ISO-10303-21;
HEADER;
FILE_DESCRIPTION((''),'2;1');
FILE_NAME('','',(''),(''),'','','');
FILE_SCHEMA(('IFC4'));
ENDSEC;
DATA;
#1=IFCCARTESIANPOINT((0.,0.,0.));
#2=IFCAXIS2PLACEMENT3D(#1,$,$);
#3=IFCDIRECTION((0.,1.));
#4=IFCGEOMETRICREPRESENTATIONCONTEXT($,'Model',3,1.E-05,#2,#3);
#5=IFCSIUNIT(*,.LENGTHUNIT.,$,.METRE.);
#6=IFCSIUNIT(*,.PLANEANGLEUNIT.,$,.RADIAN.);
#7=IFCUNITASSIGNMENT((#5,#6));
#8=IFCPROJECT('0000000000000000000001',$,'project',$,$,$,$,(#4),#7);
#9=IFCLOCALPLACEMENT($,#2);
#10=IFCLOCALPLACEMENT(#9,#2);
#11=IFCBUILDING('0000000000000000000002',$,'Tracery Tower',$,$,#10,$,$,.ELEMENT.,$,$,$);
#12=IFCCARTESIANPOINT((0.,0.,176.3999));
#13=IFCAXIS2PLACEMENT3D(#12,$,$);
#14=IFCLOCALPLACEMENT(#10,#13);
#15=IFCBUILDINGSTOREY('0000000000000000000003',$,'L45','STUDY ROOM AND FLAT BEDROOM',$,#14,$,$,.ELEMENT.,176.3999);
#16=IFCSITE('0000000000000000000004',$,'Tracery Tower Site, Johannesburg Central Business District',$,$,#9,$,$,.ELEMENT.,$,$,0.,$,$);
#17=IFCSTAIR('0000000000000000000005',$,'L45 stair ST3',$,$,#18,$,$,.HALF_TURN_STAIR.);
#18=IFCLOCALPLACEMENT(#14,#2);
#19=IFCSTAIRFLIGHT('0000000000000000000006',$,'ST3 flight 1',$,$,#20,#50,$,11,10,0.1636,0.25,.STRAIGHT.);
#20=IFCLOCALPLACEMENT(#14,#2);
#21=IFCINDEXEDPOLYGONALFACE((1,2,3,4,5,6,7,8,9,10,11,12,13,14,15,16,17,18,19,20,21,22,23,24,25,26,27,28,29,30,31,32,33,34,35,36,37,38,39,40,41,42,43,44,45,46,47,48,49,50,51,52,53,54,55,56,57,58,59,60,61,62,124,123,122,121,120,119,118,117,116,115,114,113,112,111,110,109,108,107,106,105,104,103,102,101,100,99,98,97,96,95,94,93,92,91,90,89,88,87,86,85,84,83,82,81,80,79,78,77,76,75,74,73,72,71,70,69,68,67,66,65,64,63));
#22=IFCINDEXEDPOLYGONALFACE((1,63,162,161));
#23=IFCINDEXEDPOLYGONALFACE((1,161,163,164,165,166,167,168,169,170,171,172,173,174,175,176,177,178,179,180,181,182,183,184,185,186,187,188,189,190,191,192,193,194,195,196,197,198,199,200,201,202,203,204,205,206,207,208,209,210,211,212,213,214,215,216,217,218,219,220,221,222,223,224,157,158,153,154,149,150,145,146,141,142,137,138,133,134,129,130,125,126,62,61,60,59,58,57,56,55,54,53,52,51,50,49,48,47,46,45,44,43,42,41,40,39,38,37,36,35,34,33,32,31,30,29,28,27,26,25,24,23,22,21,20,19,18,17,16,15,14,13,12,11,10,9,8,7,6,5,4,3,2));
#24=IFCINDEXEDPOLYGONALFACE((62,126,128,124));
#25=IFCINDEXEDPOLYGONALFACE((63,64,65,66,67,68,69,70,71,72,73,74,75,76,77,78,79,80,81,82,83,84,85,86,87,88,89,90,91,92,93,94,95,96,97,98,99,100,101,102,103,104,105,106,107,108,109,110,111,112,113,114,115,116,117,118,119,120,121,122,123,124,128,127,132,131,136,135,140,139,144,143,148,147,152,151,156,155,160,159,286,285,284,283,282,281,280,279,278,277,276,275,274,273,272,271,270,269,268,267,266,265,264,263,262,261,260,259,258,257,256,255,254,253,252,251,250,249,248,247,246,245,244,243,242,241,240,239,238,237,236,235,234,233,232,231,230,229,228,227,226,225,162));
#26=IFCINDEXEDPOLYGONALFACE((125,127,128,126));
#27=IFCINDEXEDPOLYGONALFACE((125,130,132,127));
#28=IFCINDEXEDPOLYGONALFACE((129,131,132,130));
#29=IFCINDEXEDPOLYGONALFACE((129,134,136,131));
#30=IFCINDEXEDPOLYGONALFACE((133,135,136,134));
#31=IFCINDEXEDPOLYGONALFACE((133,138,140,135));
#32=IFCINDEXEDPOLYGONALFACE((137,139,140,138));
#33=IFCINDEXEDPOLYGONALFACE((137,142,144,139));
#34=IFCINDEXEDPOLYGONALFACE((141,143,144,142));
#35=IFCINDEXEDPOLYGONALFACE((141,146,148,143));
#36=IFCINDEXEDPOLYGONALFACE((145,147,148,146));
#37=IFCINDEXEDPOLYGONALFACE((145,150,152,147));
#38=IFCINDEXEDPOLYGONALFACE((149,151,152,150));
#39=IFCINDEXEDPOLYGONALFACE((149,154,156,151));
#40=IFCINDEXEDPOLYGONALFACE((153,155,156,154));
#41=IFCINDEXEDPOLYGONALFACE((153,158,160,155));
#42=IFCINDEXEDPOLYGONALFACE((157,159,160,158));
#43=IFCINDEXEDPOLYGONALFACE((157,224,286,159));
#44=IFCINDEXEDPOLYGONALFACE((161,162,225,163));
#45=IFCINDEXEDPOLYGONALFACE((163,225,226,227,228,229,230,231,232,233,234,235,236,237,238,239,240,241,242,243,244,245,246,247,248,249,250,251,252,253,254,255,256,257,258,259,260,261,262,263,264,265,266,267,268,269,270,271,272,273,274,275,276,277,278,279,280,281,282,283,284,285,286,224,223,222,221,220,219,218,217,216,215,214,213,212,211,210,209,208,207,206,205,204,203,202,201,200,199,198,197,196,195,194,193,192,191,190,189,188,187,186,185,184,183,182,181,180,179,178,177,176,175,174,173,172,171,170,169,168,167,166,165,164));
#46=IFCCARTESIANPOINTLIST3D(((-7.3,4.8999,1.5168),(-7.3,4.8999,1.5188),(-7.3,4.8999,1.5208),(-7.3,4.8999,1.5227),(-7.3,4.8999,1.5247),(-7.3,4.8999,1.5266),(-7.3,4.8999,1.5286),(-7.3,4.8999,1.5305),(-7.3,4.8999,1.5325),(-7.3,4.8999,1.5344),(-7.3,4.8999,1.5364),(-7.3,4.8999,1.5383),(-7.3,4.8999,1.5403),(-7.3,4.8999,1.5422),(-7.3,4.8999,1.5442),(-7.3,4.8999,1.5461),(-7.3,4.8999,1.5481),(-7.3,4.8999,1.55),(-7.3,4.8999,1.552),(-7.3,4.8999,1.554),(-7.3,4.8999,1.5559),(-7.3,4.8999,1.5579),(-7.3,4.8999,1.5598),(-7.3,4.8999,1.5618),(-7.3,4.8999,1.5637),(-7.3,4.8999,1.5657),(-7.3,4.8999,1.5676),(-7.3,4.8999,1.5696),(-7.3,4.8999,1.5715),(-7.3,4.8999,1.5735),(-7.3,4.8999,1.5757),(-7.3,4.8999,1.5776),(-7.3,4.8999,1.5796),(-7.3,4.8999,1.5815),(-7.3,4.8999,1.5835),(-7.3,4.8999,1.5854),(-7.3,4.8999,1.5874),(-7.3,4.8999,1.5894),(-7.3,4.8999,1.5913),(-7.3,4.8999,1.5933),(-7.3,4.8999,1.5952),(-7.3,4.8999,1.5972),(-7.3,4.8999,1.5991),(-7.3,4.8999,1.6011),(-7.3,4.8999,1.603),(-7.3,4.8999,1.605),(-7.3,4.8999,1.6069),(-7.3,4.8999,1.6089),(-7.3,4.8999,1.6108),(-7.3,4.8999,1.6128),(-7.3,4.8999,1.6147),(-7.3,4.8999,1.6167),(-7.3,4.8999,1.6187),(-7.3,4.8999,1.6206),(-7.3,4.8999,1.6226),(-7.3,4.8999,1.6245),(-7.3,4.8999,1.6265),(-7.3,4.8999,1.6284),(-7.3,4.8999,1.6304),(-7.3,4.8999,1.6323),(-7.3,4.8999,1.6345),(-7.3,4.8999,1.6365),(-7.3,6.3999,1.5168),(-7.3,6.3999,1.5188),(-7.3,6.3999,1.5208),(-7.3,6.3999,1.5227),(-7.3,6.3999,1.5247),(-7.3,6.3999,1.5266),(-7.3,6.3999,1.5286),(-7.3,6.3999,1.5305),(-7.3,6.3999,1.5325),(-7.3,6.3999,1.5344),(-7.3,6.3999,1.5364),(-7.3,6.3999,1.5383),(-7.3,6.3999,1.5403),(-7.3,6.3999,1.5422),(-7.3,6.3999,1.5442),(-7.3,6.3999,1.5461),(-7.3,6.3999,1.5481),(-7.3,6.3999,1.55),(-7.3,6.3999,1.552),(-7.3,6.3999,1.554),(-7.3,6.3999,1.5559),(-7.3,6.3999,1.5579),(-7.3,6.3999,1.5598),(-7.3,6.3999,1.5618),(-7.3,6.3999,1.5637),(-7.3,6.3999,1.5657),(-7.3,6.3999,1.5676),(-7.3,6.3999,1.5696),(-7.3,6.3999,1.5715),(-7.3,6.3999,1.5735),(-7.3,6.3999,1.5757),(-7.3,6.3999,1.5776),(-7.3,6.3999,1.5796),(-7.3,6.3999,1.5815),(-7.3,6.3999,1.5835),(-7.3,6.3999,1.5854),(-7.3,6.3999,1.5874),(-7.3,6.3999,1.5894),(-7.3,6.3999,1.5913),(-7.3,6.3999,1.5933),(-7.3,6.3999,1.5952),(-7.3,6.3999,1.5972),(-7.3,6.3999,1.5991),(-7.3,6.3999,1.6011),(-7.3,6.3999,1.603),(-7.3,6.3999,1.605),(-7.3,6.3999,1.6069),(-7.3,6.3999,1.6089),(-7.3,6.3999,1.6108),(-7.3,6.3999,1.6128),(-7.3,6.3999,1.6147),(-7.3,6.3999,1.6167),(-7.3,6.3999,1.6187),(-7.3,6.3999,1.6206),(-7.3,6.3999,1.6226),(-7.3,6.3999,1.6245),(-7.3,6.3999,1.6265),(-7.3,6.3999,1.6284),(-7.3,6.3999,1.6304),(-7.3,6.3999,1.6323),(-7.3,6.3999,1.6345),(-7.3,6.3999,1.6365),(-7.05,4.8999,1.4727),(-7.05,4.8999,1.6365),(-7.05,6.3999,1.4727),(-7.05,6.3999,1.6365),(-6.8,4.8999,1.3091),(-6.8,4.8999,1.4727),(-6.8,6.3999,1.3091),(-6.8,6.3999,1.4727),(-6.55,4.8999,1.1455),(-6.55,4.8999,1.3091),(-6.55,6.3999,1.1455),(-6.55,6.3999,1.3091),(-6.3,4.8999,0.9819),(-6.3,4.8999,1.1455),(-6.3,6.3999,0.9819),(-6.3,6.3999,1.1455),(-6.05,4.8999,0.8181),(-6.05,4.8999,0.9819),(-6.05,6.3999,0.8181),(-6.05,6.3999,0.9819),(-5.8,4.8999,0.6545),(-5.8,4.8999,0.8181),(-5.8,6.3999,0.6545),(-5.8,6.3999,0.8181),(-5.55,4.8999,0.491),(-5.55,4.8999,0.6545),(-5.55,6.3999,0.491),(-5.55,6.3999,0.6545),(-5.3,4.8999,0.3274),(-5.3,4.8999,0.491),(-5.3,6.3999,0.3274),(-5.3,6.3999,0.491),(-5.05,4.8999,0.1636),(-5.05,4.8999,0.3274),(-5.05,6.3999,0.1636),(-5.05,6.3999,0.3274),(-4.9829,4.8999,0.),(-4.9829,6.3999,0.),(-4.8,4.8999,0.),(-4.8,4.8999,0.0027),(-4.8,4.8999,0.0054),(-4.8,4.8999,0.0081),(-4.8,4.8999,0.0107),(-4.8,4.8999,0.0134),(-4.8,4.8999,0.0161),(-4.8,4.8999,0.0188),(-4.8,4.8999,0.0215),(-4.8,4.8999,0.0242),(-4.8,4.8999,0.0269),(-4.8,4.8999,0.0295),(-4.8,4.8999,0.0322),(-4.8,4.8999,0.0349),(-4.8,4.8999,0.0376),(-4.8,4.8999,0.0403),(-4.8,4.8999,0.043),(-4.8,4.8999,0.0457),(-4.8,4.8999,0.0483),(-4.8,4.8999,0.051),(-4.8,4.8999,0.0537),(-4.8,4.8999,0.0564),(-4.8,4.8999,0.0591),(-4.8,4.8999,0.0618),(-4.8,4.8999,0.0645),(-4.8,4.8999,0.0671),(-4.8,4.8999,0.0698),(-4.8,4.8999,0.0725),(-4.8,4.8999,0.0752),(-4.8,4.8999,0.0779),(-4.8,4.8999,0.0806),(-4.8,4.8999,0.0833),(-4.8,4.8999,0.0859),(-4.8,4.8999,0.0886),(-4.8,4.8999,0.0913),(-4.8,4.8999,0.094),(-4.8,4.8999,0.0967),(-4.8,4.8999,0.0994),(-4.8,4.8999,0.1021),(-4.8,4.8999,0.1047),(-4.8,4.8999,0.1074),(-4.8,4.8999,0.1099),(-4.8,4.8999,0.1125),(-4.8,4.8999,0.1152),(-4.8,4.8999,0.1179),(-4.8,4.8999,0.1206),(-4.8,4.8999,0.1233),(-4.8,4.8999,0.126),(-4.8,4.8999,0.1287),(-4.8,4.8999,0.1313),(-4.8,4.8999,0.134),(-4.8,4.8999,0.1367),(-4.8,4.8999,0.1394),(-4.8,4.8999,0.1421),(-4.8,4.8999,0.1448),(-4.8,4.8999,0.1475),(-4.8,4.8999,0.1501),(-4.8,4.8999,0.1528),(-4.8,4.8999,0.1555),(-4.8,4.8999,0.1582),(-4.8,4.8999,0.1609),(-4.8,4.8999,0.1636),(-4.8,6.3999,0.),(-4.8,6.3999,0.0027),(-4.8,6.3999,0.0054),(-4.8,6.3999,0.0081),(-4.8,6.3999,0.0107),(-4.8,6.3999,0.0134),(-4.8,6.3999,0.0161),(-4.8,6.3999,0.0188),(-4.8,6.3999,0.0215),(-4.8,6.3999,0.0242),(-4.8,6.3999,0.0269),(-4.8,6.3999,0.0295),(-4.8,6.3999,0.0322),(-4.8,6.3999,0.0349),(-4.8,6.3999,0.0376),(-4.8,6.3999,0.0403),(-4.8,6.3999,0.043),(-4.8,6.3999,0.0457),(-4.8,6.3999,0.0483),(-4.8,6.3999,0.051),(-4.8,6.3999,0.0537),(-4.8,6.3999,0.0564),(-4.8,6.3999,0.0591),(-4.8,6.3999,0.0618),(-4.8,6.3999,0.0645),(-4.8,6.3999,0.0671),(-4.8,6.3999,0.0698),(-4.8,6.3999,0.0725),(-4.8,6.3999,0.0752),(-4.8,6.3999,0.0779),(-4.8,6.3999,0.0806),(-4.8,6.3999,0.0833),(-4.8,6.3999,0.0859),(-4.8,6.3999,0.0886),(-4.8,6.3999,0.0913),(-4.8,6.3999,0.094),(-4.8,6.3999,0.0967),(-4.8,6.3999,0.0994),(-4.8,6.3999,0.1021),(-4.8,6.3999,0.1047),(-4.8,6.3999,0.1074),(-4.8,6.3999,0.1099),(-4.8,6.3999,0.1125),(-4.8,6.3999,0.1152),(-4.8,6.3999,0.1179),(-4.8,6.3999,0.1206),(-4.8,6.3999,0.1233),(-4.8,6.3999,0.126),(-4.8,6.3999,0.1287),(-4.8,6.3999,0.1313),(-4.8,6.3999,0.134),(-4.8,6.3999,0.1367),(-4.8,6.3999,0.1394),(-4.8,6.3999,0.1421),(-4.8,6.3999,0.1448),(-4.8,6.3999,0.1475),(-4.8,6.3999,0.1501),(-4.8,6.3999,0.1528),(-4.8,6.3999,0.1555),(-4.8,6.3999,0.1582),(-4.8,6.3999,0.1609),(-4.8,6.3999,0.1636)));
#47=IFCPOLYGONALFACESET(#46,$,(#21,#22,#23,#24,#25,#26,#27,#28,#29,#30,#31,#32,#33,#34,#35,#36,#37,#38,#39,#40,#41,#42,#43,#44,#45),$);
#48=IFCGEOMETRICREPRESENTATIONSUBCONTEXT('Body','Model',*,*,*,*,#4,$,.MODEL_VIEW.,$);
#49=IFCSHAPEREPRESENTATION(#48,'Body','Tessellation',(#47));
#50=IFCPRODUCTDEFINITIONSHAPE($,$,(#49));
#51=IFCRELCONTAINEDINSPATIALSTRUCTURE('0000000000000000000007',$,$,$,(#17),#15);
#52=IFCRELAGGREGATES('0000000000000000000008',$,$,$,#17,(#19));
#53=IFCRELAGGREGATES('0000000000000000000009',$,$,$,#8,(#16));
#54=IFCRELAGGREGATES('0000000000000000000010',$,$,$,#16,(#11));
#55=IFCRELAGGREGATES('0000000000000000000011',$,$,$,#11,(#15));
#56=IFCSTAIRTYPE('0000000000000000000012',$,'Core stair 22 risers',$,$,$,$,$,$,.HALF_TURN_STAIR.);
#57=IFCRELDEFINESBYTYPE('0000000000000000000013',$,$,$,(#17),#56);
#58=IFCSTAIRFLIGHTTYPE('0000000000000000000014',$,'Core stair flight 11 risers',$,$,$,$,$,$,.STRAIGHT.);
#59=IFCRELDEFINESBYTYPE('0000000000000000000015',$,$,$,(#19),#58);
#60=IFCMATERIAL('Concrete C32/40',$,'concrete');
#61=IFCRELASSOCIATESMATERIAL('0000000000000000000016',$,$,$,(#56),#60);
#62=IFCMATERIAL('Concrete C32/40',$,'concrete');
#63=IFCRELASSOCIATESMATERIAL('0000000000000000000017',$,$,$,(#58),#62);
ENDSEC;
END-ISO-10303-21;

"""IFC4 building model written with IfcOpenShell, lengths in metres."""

from ifc_helpers import new_model, si_unit, direction, frame, origin, place, context, subcontext, project, spatial, polyline, outline, extrude, material, type_object, element, aggregate, save


model = new_model("IFC4")

# Units and contexts
model_context = context("Model", 3, precision=1e-05, world=origin(), true_north=direction((0.0, 1.0)))
body_context = subcontext(model_context, "Body", "Model", "MODEL_VIEW")
ifc_project = project(units=[si_unit("LENGTHUNIT", "METRE"), si_unit("PLANEANGLEUNIT", "RADIAN")], contexts=[model_context])

# Site, building, storey
site_placement = place(None, origin())
site = spatial("IfcSite", under=ifc_project, at=site_placement, Name="Tracery Tower Site, Johannesburg Central Business District", CompositionType="ELEMENT", RefElevation=0.0)
building_placement = place(site_placement, origin())
building = spatial("IfcBuilding", under=site, at=building_placement, Name="Tracery Tower", CompositionType="ELEMENT")
storey_placement = place(building_placement, frame((0.0, 0.0, 176.3999)))
storey = spatial("IfcBuildingStorey", under=building, at=storey_placement, Name="L45", Description="STUDY ROOM AND FLAT BEDROOM", CompositionType="ELEMENT", Elevation=176.3999)

# Stair, stair flight
ifc_material_1 = material(Name="Concrete C32/40", Category="concrete")
stair_type = type_object("IfcStairType", Name="Core stair 22 risers", PredefinedType="HALF_TURN_STAIR", material=ifc_material_1)
stair_placement = place(storey_placement, origin())
stair = element("IfcStair", 1, at=stair_placement, inside=storey, type_object=stair_type, Name="L45 stair ST3", PredefinedType="HALF_TURN_STAIR")
ifc_material_2 = material(Name="Concrete C32/40", Category="concrete")
stair_flight_type = type_object("IfcStairFlightType", Name="Core stair flight 11 risers", PredefinedType="STRAIGHT", material=ifc_material_2)
stair_flight_1_placement = place(storey_placement, frame((-4.8, 5.6499, 0.0), z_axis=(0.0, 0.0, 1.0), x_axis=(-1.0, 0.0, 0.0)))
stair_flight_1 = element("IfcStairFlight", 2, at=stair_flight_1_placement, type_object=stair_flight_type, Name="ST3 flight 1", NumberOfRisers=11, NumberOfTreads=10, PredefinedType="STRAIGHT", RiserHeight=0.1636, TreadLength=0.25, context=body_context, shape_type="SweptSolid", body=[
    extrude(outline(polyline([(0.0, 0.0), (0.0, 0.0027), (0.0, 0.0054), (0.0, 0.0081), (0.0, 0.0107), (0.0, 0.0134), (0.0, 0.0161), (0.0, 0.0188), (0.0, 0.0215), (0.0, 0.0242), (0.0, 0.0269), (0.0, 0.0295), (0.0, 0.0322), (0.0, 0.0349), (0.0, 0.0376), (0.0, 0.0403), (0.0, 0.043), (0.0, 0.0457), (0.0, 0.0483), (0.0, 0.051), (0.0, 0.0537), (0.0, 0.0564), (0.0, 0.0591), (0.0, 0.0618), (0.0, 0.0645), (0.0, 0.0671), (0.0, 0.0698), (0.0, 0.0725), (0.0, 0.0752), (0.0, 0.0779), (0.0, 0.0806), (0.0, 0.0833), (0.0, 0.0859), (0.0, 0.0886), (0.0, 0.0913), (0.0, 0.094), (0.0, 0.0967), (0.0, 0.0994), (0.0, 0.1021), (0.0, 0.1047), (0.0, 0.1074), (0.0, 0.1099), (0.0, 0.1125), (0.0, 0.1152), (0.0, 0.1179), (0.0, 0.1206), (0.0, 0.1233), (0.0, 0.126), (0.0, 0.1287), (0.0, 0.1313), (0.0, 0.134), (0.0, 0.1367), (0.0, 0.1394), (0.0, 0.1421), (0.0, 0.1448), (0.0, 0.1475), (0.0, 0.1501), (0.0, 0.1528), (0.0, 0.1555), (0.0, 0.1582), (0.0, 0.1609), (0.0, 0.1636), (0.25, 0.1636), (0.25, 0.3274), (0.5, 0.3274), (0.5, 0.491), (0.75, 0.491), (0.75, 0.6545), (1.0, 0.6545), (1.0, 0.8181), (1.25, 0.8181), (1.25, 0.9819), (1.5, 0.9819), (1.5, 1.1455), (1.75, 1.1455), (1.75, 1.3091), (2.0, 1.3091), (2.0, 1.4727), (2.25, 1.4727), (2.25, 1.6365), (2.5, 1.6365), (2.5, 1.6345), (2.5, 1.6323), (2.5, 1.6304), (2.5, 1.6284), (2.5, 1.6265), (2.5, 1.6245), (2.5, 1.6226), (2.5, 1.6206), (2.5, 1.6187), (2.5, 1.6167), (2.5, 1.6147), (2.5, 1.6128), (2.5, 1.6108), (2.5, 1.6089), (2.5, 1.6069), (2.5, 1.605), (2.5, 1.603), (2.5, 1.6011), (2.5, 1.5991), (2.5, 1.5972), (2.5, 1.5952), (2.5, 1.5933), (2.5, 1.5913), (2.5, 1.5894), (2.5, 1.5874), (2.5, 1.5854), (2.5, 1.5835), (2.5, 1.5815), (2.5, 1.5796), (2.5, 1.5776), (2.5, 1.5757), (2.5, 1.5735), (2.5, 1.5715), (2.5, 1.5696), (2.5, 1.5676), (2.5, 1.5657), (2.5, 1.5637), (2.5, 1.5618), (2.5, 1.5598), (2.5, 1.5579), (2.5, 1.5559), (2.5, 1.554), (2.5, 1.552), (2.5, 1.55), (2.5, 1.5481), (2.5, 1.5461), (2.5, 1.5442), (2.5, 1.5422), (2.5, 1.5403), (2.5, 1.5383), (2.5, 1.5364), (2.5, 1.5344), (2.5, 1.5325), (2.5, 1.5305), (2.5, 1.5286), (2.5, 1.5266), (2.5, 1.5247), (2.5, 1.5227), (2.5, 1.5208), (2.5, 1.5188), (2.5, 1.5168), (0.1829, 0.0), (0.0, 0.0)])), frame((0.0, 0.75, 0.0), z_axis=(0.0, -1.0, 0.0), x_axis=(1.0, 0.0, 0.0)), (0.0, 0.0, 1.0), 1.5),
])
aggregate(stair, [stair_flight_1])

save(model, "model.ifc")
